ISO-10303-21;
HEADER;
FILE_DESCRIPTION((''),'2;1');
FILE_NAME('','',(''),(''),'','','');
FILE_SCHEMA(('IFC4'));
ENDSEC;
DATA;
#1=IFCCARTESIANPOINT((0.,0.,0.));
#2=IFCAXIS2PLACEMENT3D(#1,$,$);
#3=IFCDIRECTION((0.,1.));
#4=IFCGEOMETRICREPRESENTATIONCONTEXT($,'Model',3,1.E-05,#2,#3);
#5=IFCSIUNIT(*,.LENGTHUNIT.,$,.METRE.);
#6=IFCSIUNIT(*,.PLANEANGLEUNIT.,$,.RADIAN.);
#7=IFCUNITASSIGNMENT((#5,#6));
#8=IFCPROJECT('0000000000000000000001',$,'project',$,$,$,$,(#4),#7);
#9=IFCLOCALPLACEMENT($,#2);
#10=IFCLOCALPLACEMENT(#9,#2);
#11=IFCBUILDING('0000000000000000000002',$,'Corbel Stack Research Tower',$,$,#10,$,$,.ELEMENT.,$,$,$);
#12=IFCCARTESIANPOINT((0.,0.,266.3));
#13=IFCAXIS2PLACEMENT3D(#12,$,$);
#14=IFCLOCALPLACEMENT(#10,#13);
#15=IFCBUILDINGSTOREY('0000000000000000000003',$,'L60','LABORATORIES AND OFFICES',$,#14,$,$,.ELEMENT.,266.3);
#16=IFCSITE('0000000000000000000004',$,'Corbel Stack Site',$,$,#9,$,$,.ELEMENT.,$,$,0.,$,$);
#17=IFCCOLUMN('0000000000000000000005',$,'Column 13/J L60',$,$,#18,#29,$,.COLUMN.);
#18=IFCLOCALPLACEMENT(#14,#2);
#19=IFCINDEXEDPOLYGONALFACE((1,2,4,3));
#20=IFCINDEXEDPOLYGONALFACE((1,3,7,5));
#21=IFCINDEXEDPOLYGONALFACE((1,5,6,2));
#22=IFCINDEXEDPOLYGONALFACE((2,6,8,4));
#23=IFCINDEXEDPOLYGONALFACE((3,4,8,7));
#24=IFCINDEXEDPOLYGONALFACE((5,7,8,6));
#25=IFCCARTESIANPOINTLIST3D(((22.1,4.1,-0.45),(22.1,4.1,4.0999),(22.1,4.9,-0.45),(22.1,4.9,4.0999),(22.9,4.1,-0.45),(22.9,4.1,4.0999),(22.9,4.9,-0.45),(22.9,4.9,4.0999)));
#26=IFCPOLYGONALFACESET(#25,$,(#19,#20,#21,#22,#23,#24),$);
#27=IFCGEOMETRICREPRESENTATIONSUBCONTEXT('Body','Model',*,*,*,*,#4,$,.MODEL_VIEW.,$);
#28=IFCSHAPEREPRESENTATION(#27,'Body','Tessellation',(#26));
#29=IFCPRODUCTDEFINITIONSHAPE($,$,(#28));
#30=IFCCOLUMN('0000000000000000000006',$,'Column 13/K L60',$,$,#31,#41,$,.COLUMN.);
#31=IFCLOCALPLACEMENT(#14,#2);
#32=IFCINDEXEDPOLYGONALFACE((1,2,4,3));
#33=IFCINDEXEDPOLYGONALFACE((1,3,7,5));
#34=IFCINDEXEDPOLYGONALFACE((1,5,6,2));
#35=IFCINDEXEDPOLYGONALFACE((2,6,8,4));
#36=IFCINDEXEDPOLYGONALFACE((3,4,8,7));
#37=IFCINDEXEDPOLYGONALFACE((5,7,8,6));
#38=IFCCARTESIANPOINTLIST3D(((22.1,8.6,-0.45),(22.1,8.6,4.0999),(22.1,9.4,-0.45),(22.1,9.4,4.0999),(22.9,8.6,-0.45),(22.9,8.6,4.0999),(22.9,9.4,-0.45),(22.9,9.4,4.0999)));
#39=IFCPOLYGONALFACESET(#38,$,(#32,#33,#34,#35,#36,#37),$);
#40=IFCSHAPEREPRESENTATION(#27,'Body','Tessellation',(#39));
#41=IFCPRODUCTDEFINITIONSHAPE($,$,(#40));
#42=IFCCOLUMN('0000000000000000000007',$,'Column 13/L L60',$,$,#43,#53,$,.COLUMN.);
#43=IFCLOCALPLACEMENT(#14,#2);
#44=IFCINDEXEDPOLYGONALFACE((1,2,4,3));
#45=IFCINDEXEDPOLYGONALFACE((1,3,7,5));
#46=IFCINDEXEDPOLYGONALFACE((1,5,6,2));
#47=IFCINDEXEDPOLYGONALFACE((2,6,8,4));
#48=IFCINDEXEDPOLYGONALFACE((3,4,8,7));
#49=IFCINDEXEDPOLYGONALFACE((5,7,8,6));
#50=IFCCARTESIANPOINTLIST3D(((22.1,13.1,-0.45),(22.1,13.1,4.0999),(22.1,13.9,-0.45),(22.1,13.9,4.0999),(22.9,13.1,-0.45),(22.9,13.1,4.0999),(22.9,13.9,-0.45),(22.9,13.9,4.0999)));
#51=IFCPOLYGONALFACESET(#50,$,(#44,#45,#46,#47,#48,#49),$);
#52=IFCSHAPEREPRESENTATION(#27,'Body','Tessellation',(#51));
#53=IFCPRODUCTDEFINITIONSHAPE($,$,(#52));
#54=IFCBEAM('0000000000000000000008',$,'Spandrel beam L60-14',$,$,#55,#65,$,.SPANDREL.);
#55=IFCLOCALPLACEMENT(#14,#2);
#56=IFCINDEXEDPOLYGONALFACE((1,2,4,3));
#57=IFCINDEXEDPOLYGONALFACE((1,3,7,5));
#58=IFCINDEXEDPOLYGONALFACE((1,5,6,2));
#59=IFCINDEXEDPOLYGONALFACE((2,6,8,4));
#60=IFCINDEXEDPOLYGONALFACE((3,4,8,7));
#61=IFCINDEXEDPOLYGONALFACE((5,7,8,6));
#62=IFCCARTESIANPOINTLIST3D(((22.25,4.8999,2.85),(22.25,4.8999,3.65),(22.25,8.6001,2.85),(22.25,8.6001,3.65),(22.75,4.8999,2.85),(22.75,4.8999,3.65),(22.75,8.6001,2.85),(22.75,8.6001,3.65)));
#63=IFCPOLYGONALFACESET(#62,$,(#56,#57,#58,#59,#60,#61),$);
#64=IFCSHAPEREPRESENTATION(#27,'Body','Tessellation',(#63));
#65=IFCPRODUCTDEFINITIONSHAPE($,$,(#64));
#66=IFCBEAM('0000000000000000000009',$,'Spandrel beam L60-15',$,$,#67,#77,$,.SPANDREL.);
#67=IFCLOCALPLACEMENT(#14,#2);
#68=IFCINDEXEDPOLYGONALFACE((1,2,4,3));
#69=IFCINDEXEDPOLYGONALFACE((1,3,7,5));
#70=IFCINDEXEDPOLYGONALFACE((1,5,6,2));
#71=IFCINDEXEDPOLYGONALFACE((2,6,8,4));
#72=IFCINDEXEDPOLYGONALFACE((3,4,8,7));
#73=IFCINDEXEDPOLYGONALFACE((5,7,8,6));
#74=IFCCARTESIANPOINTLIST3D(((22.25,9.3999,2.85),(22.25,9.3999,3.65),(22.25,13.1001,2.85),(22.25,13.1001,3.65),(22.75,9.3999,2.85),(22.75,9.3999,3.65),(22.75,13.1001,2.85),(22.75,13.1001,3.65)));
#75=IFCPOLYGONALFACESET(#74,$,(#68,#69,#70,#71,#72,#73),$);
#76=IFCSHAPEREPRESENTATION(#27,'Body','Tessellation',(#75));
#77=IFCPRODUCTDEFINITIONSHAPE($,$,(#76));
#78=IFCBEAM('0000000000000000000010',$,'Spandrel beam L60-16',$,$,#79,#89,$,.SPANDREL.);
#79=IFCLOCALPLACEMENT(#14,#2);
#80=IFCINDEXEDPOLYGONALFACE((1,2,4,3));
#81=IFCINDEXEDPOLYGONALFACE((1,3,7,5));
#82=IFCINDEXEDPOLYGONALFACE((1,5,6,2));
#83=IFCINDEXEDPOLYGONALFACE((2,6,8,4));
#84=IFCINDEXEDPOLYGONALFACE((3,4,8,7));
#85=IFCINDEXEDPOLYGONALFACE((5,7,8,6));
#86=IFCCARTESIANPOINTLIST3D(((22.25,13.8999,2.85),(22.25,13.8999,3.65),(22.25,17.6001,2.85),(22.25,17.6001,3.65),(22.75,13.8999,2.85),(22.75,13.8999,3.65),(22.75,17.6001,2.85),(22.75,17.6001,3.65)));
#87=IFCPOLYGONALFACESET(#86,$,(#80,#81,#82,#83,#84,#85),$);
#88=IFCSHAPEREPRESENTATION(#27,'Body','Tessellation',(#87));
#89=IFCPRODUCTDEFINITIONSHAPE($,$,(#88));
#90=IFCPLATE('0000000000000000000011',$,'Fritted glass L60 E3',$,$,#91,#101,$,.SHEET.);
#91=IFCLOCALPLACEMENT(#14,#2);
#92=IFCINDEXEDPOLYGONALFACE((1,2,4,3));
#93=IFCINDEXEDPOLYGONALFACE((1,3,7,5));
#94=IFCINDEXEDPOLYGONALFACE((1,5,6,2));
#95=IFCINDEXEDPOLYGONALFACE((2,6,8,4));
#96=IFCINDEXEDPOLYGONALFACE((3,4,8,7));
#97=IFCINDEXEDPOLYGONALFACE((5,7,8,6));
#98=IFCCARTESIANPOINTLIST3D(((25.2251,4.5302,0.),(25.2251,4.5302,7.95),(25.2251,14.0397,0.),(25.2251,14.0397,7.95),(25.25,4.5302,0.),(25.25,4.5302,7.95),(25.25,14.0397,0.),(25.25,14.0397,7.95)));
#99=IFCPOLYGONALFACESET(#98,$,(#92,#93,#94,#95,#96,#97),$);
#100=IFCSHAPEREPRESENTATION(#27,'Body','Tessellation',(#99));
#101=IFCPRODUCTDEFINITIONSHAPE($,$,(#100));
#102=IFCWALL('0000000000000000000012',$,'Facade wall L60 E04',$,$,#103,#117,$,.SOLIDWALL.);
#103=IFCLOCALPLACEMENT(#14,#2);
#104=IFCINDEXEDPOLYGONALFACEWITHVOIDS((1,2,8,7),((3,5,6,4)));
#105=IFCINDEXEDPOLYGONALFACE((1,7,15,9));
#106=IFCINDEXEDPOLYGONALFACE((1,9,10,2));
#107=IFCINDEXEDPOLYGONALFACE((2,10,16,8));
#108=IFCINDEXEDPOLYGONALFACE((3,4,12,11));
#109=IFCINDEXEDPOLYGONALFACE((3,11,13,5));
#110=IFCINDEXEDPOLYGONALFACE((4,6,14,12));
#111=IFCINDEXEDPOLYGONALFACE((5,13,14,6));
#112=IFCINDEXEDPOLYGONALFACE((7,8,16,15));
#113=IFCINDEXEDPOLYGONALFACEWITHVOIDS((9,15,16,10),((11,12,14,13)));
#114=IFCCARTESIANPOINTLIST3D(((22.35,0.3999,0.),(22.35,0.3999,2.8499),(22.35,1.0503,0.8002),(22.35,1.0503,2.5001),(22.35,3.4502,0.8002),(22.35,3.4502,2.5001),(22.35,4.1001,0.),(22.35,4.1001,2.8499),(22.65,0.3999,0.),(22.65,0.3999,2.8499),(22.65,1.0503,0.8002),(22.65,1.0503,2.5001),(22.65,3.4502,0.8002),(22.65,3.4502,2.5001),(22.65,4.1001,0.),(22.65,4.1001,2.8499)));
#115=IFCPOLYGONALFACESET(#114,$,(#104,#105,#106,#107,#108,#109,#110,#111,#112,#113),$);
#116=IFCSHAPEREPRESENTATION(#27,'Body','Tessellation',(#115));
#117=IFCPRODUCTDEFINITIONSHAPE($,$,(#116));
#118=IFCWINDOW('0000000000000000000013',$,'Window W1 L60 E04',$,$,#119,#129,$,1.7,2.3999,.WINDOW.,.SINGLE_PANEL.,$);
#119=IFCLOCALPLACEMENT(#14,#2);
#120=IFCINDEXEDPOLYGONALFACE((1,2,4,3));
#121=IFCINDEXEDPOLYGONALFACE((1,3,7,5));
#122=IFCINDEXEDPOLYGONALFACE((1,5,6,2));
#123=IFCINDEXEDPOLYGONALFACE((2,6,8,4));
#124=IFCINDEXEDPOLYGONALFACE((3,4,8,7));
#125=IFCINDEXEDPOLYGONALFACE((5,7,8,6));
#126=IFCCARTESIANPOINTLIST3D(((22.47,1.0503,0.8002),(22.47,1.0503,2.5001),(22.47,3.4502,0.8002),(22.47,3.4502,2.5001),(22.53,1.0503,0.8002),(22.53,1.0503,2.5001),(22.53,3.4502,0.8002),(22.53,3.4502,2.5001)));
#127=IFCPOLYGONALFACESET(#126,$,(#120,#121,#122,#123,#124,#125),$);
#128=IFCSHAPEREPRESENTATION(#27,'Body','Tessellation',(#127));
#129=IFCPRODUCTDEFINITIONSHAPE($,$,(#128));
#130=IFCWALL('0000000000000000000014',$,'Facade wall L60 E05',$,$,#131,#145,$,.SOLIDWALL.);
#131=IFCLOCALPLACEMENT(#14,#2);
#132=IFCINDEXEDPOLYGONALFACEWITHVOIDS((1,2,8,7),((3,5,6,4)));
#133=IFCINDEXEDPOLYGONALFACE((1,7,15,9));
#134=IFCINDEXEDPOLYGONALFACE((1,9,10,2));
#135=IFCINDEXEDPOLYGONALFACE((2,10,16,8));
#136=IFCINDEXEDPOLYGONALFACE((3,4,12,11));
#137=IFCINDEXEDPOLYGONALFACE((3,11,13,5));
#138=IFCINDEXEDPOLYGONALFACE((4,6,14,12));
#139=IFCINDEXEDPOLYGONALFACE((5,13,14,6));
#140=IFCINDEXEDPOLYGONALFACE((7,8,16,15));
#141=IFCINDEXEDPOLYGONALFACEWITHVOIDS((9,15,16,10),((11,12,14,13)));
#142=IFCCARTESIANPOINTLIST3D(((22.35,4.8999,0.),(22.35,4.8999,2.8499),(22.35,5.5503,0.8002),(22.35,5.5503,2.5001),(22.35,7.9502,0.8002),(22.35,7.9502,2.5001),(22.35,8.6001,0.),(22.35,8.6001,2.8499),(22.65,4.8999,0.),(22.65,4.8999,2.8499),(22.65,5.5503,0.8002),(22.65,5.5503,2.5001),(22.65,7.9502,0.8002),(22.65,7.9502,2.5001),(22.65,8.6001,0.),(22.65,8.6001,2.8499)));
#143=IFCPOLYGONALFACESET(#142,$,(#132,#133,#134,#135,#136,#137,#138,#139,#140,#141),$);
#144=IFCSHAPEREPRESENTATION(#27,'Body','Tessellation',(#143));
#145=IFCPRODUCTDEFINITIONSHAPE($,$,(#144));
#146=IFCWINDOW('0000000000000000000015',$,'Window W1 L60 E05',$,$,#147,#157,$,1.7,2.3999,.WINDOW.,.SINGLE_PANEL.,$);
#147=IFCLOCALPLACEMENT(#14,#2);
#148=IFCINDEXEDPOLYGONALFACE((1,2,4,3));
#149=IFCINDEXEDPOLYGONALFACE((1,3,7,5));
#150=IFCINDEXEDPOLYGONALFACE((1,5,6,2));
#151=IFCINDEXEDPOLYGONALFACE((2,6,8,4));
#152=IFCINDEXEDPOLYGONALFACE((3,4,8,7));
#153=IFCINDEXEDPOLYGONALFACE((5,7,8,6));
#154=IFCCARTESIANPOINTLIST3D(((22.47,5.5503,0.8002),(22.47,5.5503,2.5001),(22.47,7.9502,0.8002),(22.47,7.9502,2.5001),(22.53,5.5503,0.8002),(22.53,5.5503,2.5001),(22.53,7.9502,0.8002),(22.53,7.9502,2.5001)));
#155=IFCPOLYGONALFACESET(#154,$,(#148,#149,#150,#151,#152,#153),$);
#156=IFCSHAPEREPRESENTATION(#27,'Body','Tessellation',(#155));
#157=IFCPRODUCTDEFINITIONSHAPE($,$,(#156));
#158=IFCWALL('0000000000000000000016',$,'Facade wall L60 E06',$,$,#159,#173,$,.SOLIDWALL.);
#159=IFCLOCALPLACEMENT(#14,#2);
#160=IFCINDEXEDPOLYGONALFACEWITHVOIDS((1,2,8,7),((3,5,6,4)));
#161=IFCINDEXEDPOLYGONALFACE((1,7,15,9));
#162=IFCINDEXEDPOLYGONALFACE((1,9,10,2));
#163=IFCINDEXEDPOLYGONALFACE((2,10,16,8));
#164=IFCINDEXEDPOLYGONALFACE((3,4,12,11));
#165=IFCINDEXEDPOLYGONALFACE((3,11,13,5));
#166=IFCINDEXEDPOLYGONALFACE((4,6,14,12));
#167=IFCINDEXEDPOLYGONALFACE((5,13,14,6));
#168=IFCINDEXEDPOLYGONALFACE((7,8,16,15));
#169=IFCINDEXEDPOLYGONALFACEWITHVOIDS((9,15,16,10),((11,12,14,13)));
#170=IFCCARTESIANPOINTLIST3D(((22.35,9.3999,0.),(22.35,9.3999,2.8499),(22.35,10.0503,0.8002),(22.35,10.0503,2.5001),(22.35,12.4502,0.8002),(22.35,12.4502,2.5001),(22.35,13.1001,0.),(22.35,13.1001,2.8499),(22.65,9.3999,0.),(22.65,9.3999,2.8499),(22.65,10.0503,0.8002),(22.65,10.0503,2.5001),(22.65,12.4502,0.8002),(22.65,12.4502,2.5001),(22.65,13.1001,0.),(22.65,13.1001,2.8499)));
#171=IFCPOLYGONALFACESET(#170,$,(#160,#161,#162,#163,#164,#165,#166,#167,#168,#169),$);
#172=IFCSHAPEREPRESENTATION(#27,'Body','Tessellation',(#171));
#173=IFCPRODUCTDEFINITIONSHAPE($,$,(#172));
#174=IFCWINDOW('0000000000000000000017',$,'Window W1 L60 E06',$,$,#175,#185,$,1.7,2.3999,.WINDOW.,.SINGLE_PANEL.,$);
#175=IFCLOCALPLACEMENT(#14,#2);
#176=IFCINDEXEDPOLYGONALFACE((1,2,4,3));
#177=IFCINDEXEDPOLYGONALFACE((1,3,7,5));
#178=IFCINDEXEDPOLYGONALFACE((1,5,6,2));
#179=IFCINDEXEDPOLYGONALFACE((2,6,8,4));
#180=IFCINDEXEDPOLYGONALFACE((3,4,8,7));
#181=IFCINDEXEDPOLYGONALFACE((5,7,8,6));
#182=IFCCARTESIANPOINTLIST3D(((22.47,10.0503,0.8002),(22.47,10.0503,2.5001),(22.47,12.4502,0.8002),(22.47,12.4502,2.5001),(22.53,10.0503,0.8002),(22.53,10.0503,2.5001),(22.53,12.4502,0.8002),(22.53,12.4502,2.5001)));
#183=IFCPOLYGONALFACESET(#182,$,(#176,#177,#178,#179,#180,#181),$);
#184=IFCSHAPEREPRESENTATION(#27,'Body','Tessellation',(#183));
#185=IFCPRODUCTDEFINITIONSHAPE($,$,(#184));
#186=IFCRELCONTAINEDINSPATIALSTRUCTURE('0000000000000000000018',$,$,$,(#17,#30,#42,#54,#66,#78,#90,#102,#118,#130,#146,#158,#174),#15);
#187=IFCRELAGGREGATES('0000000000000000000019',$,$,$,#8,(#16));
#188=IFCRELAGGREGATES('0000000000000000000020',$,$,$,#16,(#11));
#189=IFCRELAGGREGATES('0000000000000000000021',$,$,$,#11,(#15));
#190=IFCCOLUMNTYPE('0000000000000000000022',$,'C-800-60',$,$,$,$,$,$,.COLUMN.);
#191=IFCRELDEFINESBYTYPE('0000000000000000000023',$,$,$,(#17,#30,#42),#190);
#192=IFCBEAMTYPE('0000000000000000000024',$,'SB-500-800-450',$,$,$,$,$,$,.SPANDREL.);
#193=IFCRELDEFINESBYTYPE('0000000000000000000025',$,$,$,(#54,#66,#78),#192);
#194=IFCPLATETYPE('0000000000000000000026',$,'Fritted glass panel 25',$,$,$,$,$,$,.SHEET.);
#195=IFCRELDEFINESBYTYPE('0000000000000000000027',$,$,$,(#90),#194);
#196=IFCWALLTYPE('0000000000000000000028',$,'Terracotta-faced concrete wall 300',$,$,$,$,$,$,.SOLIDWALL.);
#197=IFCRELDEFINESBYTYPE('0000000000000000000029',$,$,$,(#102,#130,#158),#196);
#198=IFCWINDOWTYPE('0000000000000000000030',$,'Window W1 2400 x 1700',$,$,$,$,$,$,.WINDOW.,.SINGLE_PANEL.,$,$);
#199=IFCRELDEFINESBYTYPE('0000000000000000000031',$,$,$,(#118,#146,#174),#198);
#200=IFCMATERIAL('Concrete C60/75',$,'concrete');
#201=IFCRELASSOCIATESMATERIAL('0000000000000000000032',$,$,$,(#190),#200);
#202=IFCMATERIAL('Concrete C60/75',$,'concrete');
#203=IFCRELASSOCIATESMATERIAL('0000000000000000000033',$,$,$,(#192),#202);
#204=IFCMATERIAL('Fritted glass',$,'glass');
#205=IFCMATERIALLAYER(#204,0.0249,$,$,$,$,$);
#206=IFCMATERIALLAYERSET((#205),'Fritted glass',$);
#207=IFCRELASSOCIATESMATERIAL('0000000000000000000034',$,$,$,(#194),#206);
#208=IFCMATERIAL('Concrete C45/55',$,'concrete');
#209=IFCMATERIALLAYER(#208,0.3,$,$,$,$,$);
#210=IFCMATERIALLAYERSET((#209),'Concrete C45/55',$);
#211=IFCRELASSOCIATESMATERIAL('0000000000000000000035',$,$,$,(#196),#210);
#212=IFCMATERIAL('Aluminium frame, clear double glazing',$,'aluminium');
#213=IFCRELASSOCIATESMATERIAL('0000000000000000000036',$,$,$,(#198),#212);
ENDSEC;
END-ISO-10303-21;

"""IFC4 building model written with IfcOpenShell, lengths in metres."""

from ifc_helpers import new_model, si_unit, direction, frame, frame_2d, origin, origin_2d, place, context, subcontext, project, spatial, rectangle, extrude, material, layer, layer_set, material_profile, profile_set, type_object, element, fill, save


model = new_model("IFC4")

# Units and contexts
model_context = context("Model", 3, precision=1e-05, world=origin(), true_north=direction((0.0, 1.0)))
body_context = subcontext(model_context, "Body", "Model", "MODEL_VIEW")
ifc_project = project(units=[si_unit("LENGTHUNIT", "METRE"), si_unit("PLANEANGLEUNIT", "RADIAN")], contexts=[model_context])

# Site, building, storey
site_placement = place(None, origin())
site = spatial("IfcSite", under=ifc_project, at=site_placement, Name="Corbel Stack Site", CompositionType="ELEMENT", RefElevation=0.0)
building_placement = place(site_placement, origin())
building = spatial("IfcBuilding", under=site, at=building_placement, Name="Corbel Stack Research Tower", CompositionType="ELEMENT")
storey_placement = place(building_placement, frame((0.0, 0.0, 266.3)))
storey = spatial("IfcBuildingStorey", under=building, at=storey_placement, Name="L60", Description="LABORATORIES AND OFFICES", CompositionType="ELEMENT", Elevation=266.3)

# Columns
ifc_material_1 = material(Name="Concrete C60/75", Category="concrete")
ifc_material_profile_1 = material_profile(ifc_material_1, rectangle(XDim=0.8, YDim=0.8, at=origin_2d()), Name="RC 800 x 800")
ifc_profile_set_1 = profile_set([ifc_material_profile_1], Name="Concrete C60/75")
column_type = type_object("IfcColumnType", Name="C-800-60", PredefinedType="COLUMN", material=ifc_profile_set_1)
for number, where, z_axis, x_axis, name in (
    (1, (22.5, 4.5, -0.45), (0.0, 0.0, 1.0), (1.0, 0.0, 0.0), "Column 13/J L60"),
    (2, (22.5, 9.0, -0.45), (0.0, 0.0, 1.0), (1.0, 0.0, 0.0), "Column 13/K L60"),
    (3, (22.5, 13.5, -0.45), (0.0, 0.0, 1.0), (1.0, 0.0, 0.0), "Column 13/L L60"),
):
    element("IfcColumn", number, at=place(storey_placement, frame(where, z_axis=z_axis, x_axis=x_axis)), inside=storey, type_object=column_type, Name=name, PredefinedType="COLUMN", context=body_context, shape_type="SweptSolid", body=[
        extrude(rectangle(XDim=0.8, YDim=0.8, at=origin_2d()), origin(), (0.0, 0.0, 1.0), 4.5498),
    ])

# Beams
ifc_material_2 = material(Name="Concrete C60/75", Category="concrete")
ifc_material_profile_2 = material_profile(ifc_material_2, rectangle(XDim=0.5, YDim=0.8, at=origin_2d()), Name="RC 500 x 800")
ifc_profile_set_2 = profile_set([ifc_material_profile_2], Name="Concrete C60/75")
beam_type = type_object("IfcBeamType", Name="SB-500-800-450", PredefinedType="SPANDREL", material=ifc_profile_set_2)
for number, where, z_axis, x_axis, name in (
    (4, (22.5, 4.8999, 3.25), (0.0, 1.0, 0.0), (-1.0, 0.0, 0.0), "Spandrel beam L60-14"),
    (5, (22.5, 9.3999, 3.25), (0.0, 1.0, 0.0), (-1.0, 0.0, 0.0), "Spandrel beam L60-15"),
    (6, (22.5, 13.8999, 3.25), (0.0, 1.0, 0.0), (-1.0, 0.0, 0.0), "Spandrel beam L60-16"),
):
    element("IfcBeam", number, at=place(storey_placement, frame(where, z_axis=z_axis, x_axis=x_axis)), inside=storey, type_object=beam_type, Name=name, PredefinedType="SPANDREL", context=body_context, shape_type="SweptSolid", body=[
        extrude(rectangle(XDim=0.5, YDim=0.8, at=origin_2d()), origin(), (0.0, 0.0, 1.0), 3.7002),
    ])

# Plate
ifc_material_3 = material(Name="Fritted glass", Category="glass")
ifc_layer_1 = layer(ifc_material_3, 0.0249)
ifc_layer_set_1 = layer_set([ifc_layer_1], Name="Fritted glass")
plate_type = type_object("IfcPlateType", Name="Fritted glass panel 25", PredefinedType="SHEET", material=ifc_layer_set_1)
plate_placement = place(storey_placement, frame((25.2375, 9.2849, 0.0), z_axis=(0.0, 0.0, 1.0), x_axis=(0.0, 1.0, 0.0)))
element("IfcPlate", 7, at=plate_placement, inside=storey, type_object=plate_type, Name="Fritted glass L60 E3", PredefinedType="SHEET", context=body_context, shape_type="SweptSolid", body=[
    extrude(rectangle(XDim=9.5095, YDim=0.0249, at=origin_2d()), origin(), (0.0, 0.0, 1.0), 7.95),
])

# Walls, openings, windows
ifc_material_4 = material(Name="Concrete C45/55", Category="concrete")
ifc_layer_2 = layer(ifc_material_4, 0.3)
ifc_layer_set_2 = layer_set([ifc_layer_2], Name="Concrete C45/55")
wall_type = type_object("IfcWallType", Name="Terracotta-faced concrete wall 300", PredefinedType="SOLIDWALL", material=ifc_layer_set_2)
wall_1_placement = place(storey_placement, frame((22.5, 4.1001, 0.0), z_axis=(0.0, 0.0, 1.0), x_axis=(0.0, -1.0, 0.0)))
wall_1 = element("IfcWall", 8, at=wall_1_placement, inside=storey, type_object=wall_type, Name="Facade wall L60 E04", PredefinedType="SOLIDWALL", context=body_context, shape_type="SweptSolid", body=[
    extrude(rectangle(XDim=3.7002, YDim=0.3, at=frame_2d((1.8501, 0.0))), origin(), (0.0, 0.0, 1.0), 2.8499),
])
opening_1_placement = place(wall_1_placement, frame((0.6499, 0.0, 0.8)))
opening_1 = element("IfcOpeningElement", 9, at=opening_1_placement, cuts=wall_1, PredefinedType="OPENING", context=body_context, shape_type="SweptSolid", body=[
    extrude(rectangle(XDim=2.3999, YDim=1.7, at=frame_2d((1.2, 0.8501))), frame((0.0, 0.1599, 0.0), z_axis=(0.0, -1.0, 0.0), x_axis=(1.0, 0.0, 0.0)), (0.0, 0.0, 1.0), 0.3201),
])
ifc_material_5 = material(Name="Aluminium frame, clear double glazing", Category="aluminium")
window_type = type_object("IfcWindowType", Name="Window W1 2400 x 1700", PartitioningType="SINGLE_PANEL", PredefinedType="WINDOW", material=ifc_material_5)
window_1_placement = place(opening_1_placement, origin())
window_1 = element("IfcWindow", 10, at=window_1_placement, inside=storey, type_object=window_type, Name="Window W1 L60 E04", OverallHeight=1.7, OverallWidth=2.3999, PartitioningType="SINGLE_PANEL", PredefinedType="WINDOW", context=body_context, shape_type="SweptSolid", body=[
    extrude(rectangle(XDim=2.3999, YDim=1.7, at=frame_2d((1.2, 0.8501))), frame((0.0, 0.03, 0.0), z_axis=(0.0, -1.0, 0.0), x_axis=(1.0, 0.0, 0.0)), (0.0, 0.0, 1.0), 0.0601),
])
fill(opening_1, window_1)
wall_2_placement = place(storey_placement, frame((22.5, 8.6001, 0.0), z_axis=(0.0, 0.0, 1.0), x_axis=(0.0, -1.0, 0.0)))
wall_2 = element("IfcWall", 11, at=wall_2_placement, inside=storey, type_object=wall_type, Name="Facade wall L60 E05", PredefinedType="SOLIDWALL", context=body_context, shape_type="SweptSolid", body=[
    extrude(rectangle(XDim=3.7002, YDim=0.3, at=frame_2d((1.8501, 0.0))), origin(), (0.0, 0.0, 1.0), 2.8499),
])
opening_2_placement = place(wall_2_placement, frame((0.6499, 0.0, 0.8)))
opening_2 = element("IfcOpeningElement", 12, at=opening_2_placement, cuts=wall_2, PredefinedType="OPENING", context=body_context, shape_type="SweptSolid", body=[
    extrude(rectangle(XDim=2.3999, YDim=1.7, at=frame_2d((1.2, 0.8501))), frame((0.0, 0.1599, 0.0), z_axis=(0.0, -1.0, 0.0), x_axis=(1.0, 0.0, 0.0)), (0.0, 0.0, 1.0), 0.3201),
])
window_2_placement = place(opening_2_placement, origin())
window_2 = element("IfcWindow", 13, at=window_2_placement, inside=storey, type_object=window_type, Name="Window W1 L60 E05", OverallHeight=1.7, OverallWidth=2.3999, PartitioningType="SINGLE_PANEL", PredefinedType="WINDOW", context=body_context, shape_type="SweptSolid", body=[
    extrude(rectangle(XDim=2.3999, YDim=1.7, at=frame_2d((1.2, 0.8501))), frame((0.0, 0.03, 0.0), z_axis=(0.0, -1.0, 0.0), x_axis=(1.0, 0.0, 0.0)), (0.0, 0.0, 1.0), 0.0601),
])
fill(opening_2, window_2)
wall_3_placement = place(storey_placement, frame((22.5, 13.1001, 0.0), z_axis=(0.0, 0.0, 1.0), x_axis=(0.0, -1.0, 0.0)))
wall_3 = element("IfcWall", 14, at=wall_3_placement, inside=storey, type_object=wall_type, Name="Facade wall L60 E06", PredefinedType="SOLIDWALL", context=body_context, shape_type="SweptSolid", body=[
    extrude(rectangle(XDim=3.7002, YDim=0.3, at=frame_2d((1.8501, 0.0))), origin(), (0.0, 0.0, 1.0), 2.8499),
])
opening_3_placement = place(wall_3_placement, frame((0.6499, 0.0, 0.8)))
opening_3 = element("IfcOpeningElement", 15, at=opening_3_placement, cuts=wall_3, PredefinedType="OPENING", context=body_context, shape_type="SweptSolid", body=[
    extrude(rectangle(XDim=2.3999, YDim=1.7, at=frame_2d((1.2, 0.8501))), frame((0.0, 0.1599, 0.0), z_axis=(0.0, -1.0, 0.0), x_axis=(1.0, 0.0, 0.0)), (0.0, 0.0, 1.0), 0.3201),
])
window_3_placement = place(opening_3_placement, origin())
window_3 = element("IfcWindow", 16, at=window_3_placement, inside=storey, type_object=window_type, Name="Window W1 L60 E06", OverallHeight=1.7, OverallWidth=2.3999, PartitioningType="SINGLE_PANEL", PredefinedType="WINDOW", context=body_context, shape_type="SweptSolid", body=[
    extrude(rectangle(XDim=2.3999, YDim=1.7, at=frame_2d((1.2, 0.8501))), frame((0.0, 0.03, 0.0), z_axis=(0.0, -1.0, 0.0), x_axis=(1.0, 0.0, 0.0)), (0.0, 0.0, 1.0), 0.0601),
])
fill(opening_3, window_3)

save(model, "model.ifc")
